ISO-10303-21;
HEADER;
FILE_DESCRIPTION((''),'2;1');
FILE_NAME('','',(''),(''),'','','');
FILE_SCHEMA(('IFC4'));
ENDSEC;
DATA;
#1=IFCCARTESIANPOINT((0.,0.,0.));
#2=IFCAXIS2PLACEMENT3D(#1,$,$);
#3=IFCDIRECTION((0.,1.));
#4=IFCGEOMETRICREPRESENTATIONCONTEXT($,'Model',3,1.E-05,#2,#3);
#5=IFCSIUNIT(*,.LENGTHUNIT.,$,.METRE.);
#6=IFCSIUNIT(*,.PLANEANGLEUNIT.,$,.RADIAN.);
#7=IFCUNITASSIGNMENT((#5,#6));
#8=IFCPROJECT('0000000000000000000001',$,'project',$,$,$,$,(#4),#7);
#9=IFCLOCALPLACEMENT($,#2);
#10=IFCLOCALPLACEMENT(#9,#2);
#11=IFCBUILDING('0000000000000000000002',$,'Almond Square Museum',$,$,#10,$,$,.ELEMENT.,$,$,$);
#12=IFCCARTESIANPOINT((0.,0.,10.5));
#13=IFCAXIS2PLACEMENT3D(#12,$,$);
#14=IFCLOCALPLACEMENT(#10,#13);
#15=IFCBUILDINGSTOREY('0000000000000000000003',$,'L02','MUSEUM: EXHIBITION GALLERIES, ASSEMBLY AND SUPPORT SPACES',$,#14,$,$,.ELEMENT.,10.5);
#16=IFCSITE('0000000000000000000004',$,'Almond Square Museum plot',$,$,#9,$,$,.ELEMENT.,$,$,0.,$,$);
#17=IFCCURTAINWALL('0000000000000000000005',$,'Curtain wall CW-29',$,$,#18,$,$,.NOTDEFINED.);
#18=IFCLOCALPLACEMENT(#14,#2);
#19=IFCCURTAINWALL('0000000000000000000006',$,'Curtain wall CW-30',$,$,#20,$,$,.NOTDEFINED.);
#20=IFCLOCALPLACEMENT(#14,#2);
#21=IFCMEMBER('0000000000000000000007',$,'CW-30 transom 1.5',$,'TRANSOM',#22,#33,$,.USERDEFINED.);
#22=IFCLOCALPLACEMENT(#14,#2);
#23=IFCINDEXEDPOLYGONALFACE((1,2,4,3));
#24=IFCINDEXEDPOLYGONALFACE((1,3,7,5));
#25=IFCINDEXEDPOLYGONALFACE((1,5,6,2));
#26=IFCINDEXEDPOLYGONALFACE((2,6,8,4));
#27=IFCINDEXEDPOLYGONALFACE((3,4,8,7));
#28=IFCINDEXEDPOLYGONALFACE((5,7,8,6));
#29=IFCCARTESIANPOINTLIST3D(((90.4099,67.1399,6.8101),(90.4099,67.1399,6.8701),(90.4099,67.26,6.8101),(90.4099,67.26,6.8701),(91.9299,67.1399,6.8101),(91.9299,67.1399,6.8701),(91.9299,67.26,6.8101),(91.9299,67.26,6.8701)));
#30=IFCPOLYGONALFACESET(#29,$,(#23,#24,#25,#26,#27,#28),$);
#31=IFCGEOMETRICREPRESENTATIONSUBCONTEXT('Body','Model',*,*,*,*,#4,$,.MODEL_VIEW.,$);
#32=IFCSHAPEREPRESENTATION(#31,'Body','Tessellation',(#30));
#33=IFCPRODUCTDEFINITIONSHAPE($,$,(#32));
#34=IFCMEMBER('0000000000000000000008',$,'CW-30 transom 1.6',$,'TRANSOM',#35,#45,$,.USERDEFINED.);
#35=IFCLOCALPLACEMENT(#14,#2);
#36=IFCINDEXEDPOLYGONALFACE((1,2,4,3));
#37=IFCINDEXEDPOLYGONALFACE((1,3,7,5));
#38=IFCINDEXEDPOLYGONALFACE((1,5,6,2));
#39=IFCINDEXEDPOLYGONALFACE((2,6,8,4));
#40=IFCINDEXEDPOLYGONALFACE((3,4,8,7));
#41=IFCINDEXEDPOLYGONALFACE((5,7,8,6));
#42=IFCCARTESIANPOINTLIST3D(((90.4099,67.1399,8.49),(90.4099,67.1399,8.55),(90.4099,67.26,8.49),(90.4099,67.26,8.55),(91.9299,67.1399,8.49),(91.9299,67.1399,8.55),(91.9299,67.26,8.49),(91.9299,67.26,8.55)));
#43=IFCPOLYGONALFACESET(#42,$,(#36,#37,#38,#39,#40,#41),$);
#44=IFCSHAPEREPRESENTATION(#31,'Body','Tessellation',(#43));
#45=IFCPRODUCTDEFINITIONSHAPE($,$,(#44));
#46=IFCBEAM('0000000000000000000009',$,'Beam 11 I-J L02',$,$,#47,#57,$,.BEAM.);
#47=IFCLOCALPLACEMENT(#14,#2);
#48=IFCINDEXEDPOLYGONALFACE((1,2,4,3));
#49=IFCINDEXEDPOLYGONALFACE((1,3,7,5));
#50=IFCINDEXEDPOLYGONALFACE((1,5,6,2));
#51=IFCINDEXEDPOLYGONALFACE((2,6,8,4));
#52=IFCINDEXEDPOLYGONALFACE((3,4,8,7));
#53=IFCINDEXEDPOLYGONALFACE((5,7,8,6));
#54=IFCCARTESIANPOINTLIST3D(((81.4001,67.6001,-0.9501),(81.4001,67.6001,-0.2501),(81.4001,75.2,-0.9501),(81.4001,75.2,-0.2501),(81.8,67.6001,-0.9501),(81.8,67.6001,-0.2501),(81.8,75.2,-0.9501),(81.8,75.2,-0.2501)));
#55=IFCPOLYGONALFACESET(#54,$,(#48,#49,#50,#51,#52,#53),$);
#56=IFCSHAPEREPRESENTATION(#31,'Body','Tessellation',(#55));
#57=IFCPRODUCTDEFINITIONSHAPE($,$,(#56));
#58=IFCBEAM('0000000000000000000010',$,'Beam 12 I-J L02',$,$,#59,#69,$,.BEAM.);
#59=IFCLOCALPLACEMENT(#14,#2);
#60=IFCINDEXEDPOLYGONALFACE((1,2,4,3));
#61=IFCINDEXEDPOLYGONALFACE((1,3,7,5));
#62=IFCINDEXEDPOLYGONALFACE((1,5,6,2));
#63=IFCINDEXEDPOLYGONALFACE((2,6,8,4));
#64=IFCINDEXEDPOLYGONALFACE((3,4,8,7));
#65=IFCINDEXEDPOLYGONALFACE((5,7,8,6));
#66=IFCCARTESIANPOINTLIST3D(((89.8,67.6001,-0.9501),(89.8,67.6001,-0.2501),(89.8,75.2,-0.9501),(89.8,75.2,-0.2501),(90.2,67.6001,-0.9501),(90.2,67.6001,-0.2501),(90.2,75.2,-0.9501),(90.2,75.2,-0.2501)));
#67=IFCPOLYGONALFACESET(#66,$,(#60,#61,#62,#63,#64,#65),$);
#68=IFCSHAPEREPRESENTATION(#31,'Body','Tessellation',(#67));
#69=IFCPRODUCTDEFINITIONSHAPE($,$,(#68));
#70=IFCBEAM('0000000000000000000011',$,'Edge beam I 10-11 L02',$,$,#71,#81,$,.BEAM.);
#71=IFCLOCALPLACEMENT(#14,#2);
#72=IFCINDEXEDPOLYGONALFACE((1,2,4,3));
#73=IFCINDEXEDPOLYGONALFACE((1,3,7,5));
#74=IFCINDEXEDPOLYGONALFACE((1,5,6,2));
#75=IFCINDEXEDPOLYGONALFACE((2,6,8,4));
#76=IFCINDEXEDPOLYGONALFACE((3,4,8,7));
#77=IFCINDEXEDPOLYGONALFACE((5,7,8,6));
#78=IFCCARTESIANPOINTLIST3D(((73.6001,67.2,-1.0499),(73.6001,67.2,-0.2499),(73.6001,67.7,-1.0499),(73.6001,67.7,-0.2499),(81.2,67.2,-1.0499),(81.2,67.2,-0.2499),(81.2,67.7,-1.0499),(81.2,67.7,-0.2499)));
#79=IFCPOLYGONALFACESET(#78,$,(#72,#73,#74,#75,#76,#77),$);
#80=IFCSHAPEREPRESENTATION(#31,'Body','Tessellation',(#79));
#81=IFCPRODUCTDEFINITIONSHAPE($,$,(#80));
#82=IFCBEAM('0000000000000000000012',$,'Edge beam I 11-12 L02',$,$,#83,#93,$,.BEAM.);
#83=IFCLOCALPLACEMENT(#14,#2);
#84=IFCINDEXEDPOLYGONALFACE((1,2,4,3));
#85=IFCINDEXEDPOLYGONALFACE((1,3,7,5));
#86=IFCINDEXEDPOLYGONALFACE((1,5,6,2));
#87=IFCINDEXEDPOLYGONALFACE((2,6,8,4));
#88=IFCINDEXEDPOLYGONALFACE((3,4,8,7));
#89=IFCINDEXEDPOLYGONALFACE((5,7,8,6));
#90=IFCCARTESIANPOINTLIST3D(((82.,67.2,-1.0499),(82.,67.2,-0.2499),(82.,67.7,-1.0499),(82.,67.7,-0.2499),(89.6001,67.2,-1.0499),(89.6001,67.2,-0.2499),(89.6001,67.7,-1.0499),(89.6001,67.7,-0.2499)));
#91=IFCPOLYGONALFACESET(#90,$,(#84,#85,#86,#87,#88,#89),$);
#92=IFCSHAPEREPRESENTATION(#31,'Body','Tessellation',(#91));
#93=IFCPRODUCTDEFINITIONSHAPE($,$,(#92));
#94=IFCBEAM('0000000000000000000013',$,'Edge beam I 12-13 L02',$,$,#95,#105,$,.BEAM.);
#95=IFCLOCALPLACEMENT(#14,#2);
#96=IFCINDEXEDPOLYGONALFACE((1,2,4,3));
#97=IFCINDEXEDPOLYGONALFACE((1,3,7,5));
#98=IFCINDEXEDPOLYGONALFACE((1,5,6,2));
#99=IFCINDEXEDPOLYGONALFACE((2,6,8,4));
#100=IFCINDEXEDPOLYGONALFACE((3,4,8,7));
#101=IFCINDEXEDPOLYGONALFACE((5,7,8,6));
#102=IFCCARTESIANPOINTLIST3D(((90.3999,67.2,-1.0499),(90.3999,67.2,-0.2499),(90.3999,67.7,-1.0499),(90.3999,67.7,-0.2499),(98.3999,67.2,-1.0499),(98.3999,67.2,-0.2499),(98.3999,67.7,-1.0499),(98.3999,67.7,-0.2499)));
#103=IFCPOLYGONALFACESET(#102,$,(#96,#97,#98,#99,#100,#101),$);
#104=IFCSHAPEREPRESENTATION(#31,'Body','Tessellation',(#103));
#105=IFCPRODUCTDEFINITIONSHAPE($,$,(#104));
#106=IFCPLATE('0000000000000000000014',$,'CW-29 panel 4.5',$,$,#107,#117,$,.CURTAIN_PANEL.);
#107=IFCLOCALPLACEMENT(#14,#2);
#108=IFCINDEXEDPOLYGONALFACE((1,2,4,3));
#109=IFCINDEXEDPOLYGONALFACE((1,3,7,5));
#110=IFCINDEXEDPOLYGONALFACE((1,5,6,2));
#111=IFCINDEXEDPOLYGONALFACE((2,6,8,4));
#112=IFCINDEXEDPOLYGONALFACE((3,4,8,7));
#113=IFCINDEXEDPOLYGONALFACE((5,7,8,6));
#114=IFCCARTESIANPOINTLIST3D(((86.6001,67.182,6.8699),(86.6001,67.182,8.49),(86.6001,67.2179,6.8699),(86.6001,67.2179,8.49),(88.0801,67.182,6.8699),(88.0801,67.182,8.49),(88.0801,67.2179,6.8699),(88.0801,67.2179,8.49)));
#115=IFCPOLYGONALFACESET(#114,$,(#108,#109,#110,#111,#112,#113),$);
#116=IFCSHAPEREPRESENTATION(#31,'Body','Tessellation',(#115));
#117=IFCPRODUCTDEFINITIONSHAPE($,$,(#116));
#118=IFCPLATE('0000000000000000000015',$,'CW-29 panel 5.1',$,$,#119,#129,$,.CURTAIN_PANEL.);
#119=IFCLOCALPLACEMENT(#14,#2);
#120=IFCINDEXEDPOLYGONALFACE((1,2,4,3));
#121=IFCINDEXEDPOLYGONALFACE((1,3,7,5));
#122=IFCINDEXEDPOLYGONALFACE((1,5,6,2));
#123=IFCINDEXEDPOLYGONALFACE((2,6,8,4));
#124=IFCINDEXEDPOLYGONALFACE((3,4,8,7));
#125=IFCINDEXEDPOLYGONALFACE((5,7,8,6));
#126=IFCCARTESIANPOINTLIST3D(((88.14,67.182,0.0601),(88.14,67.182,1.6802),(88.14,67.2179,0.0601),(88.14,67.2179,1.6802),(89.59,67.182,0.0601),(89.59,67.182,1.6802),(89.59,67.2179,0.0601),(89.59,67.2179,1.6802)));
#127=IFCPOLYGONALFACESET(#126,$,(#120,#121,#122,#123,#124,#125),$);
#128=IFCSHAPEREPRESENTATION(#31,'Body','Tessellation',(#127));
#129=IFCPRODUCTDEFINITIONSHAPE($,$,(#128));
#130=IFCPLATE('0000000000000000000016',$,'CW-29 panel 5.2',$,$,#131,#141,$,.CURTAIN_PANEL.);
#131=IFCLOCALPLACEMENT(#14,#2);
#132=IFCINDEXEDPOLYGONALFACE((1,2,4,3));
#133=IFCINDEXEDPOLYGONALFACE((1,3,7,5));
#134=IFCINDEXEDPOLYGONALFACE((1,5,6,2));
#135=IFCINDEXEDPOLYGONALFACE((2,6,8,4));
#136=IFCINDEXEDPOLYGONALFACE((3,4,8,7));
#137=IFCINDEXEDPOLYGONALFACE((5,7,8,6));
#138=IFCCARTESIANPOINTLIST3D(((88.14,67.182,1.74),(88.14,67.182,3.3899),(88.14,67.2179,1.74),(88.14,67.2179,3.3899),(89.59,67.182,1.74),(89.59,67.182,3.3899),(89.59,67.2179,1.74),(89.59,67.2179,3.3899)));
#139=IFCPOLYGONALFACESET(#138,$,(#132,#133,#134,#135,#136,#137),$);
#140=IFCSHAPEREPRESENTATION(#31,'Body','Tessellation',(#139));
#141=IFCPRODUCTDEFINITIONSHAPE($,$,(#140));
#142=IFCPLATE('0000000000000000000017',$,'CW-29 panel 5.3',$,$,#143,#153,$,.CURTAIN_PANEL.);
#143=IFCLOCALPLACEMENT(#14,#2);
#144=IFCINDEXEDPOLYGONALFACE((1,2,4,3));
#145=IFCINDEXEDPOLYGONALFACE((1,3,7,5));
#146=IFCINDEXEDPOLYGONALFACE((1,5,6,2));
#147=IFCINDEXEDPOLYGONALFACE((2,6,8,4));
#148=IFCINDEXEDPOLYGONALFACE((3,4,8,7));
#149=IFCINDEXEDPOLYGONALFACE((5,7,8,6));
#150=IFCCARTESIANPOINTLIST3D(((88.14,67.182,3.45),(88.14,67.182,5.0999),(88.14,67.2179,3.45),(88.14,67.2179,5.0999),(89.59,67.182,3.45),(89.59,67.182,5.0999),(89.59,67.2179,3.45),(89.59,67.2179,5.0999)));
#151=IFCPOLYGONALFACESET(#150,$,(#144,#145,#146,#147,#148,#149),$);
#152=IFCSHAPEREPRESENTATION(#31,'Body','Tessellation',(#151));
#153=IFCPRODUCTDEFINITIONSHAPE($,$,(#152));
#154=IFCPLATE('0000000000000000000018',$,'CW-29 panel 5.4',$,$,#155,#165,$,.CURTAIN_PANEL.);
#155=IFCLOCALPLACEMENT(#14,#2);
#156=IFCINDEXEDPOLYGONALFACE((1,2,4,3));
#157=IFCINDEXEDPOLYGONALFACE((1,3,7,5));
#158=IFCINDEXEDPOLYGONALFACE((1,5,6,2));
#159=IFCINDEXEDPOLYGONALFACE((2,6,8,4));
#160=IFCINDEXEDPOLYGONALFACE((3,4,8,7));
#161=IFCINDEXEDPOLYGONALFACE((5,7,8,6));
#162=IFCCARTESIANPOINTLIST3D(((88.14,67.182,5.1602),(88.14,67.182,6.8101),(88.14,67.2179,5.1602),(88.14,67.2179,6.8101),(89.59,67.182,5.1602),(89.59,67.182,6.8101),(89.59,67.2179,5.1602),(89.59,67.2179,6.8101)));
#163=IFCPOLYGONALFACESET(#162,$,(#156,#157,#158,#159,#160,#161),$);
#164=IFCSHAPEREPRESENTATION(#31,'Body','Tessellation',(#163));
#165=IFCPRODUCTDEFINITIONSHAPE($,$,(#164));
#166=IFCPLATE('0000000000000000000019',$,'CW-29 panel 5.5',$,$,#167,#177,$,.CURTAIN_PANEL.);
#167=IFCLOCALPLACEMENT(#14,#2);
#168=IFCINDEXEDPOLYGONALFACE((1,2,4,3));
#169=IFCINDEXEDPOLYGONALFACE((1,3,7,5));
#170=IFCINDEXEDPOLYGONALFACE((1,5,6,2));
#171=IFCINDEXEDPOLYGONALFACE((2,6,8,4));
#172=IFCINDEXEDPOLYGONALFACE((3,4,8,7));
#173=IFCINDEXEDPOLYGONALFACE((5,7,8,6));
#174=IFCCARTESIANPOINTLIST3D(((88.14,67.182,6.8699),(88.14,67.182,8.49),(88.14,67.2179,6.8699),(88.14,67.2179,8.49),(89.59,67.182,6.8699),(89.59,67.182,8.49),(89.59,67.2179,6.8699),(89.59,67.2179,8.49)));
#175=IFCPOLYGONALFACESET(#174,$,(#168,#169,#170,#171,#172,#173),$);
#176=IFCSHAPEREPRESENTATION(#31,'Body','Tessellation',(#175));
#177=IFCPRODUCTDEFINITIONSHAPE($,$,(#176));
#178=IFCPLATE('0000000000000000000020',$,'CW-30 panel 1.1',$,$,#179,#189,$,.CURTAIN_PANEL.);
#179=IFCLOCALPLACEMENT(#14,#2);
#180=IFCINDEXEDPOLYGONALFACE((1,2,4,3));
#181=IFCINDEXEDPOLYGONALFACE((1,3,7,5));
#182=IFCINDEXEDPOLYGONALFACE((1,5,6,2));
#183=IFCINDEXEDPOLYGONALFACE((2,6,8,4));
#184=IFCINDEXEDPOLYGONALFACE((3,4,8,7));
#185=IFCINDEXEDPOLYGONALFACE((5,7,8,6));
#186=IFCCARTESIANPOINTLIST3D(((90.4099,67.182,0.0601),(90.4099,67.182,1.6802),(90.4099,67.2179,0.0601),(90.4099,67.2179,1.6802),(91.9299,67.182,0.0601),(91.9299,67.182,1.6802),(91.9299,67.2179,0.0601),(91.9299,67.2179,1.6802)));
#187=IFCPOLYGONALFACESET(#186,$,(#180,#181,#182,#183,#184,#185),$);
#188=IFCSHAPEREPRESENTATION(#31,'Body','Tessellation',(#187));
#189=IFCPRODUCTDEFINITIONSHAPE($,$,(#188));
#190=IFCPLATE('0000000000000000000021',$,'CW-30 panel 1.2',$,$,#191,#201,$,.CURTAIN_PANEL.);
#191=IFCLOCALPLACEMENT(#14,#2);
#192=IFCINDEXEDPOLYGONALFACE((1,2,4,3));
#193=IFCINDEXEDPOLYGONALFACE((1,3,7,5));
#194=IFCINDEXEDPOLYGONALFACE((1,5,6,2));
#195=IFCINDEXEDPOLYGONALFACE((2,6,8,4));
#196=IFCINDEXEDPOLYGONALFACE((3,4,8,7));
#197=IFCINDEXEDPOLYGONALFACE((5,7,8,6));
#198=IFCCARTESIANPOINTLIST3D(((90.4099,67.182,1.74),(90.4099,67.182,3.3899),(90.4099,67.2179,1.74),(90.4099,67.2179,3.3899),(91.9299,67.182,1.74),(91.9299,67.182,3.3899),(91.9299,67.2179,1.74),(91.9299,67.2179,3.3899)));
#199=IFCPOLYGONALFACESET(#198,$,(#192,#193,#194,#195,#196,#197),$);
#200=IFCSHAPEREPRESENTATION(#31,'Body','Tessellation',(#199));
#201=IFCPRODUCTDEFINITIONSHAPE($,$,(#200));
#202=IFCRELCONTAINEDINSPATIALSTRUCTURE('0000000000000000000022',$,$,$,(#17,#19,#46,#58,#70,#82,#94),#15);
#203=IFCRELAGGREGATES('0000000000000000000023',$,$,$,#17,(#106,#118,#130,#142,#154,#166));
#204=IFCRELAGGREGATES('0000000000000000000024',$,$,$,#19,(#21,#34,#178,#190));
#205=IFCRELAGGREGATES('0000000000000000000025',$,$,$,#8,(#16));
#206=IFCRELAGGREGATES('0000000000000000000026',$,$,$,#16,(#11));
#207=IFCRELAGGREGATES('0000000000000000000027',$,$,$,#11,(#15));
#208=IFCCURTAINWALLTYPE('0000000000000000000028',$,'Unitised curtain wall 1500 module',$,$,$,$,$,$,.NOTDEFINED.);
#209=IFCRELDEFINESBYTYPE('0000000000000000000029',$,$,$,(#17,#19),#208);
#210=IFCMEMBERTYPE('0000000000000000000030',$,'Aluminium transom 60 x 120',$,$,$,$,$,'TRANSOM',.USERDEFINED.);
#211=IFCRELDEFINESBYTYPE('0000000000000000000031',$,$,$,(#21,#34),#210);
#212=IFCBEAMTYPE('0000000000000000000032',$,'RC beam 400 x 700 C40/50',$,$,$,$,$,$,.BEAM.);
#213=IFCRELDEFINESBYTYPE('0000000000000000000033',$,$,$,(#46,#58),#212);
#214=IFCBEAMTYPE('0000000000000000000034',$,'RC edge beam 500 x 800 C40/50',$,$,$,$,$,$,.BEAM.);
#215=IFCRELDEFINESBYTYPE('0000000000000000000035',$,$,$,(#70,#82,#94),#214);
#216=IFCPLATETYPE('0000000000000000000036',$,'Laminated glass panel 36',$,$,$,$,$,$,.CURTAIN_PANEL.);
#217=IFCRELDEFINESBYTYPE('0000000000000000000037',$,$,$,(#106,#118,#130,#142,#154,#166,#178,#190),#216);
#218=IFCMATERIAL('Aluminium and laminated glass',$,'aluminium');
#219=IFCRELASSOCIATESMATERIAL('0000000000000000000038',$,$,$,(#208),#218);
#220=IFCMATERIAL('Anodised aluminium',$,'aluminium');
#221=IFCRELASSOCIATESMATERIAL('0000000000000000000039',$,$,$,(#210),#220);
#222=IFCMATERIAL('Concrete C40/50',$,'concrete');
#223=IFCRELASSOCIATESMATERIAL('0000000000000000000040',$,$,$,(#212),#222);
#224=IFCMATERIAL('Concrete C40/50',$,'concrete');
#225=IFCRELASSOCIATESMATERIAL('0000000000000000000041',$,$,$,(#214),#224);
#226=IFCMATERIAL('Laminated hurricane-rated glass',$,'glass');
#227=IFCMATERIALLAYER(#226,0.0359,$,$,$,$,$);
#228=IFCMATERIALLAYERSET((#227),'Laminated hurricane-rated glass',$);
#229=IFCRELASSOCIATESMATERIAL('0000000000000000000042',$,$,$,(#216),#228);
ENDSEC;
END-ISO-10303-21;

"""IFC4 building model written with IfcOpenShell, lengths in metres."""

from ifc_helpers import new_model, si_unit, direction, frame, origin, origin_2d, place, context, subcontext, project, spatial, rectangle, extrude, material, layer, layer_set, material_profile, profile_set, type_object, element, aggregate, save


model = new_model("IFC4")

# Units and contexts
model_context = context("Model", 3, precision=1e-05, world=origin(), true_north=direction((0.0, 1.0)))
body_context = subcontext(model_context, "Body", "Model", "MODEL_VIEW")
ifc_project = project(units=[si_unit("LENGTHUNIT", "METRE"), si_unit("PLANEANGLEUNIT", "RADIAN")], contexts=[model_context])

# Site, building, storey
site_placement = place(None, origin())
site = spatial("IfcSite", under=ifc_project, at=site_placement, Name="Almond Square Museum plot", CompositionType="ELEMENT", RefElevation=0.0)
building_placement = place(site_placement, origin())
building = spatial("IfcBuilding", under=site, at=building_placement, Name="Almond Square Museum", CompositionType="ELEMENT")
storey_placement = place(building_placement, frame((0.0, 0.0, 10.5)))
storey = spatial("IfcBuildingStorey", under=building, at=storey_placement, Name="L02", Description="MUSEUM: EXHIBITION GALLERIES, ASSEMBLY AND SUPPORT SPACES", CompositionType="ELEMENT", Elevation=10.5)

# Curtain wall
ifc_material_1 = material(Name="Aluminium and laminated glass", Category="aluminium")
curtain_wall_type = type_object("IfcCurtainWallType", Name="Unitised curtain wall 1500 module", PredefinedType="NOTDEFINED", material=ifc_material_1)
curtain_wall_1_placement = place(storey_placement, origin())
curtain_wall_1 = element("IfcCurtainWall", 1, at=curtain_wall_1_placement, inside=storey, type_object=curtain_wall_type, Name="Curtain wall CW-29", PredefinedType="NOTDEFINED")

# Curtain wall
curtain_wall_2_placement = place(storey_placement, origin())
curtain_wall_2 = element("IfcCurtainWall", 2, at=curtain_wall_2_placement, inside=storey, type_object=curtain_wall_type, Name="Curtain wall CW-30", PredefinedType="NOTDEFINED")

# Members
ifc_material_2 = material(Name="Anodised aluminium", Category="aluminium")
ifc_material_profile_1 = material_profile(ifc_material_2, rectangle(XDim=0.1201, YDim=0.0601, at=origin_2d()))
ifc_profile_set_1 = profile_set([ifc_material_profile_1], Name="Anodised aluminium")
member_type_1 = type_object("IfcMemberType", Name="Aluminium transom 60 x 120", ElementType="TRANSOM", PredefinedType="USERDEFINED", material=ifc_profile_set_1)
member_1_placement = place(storey_placement, frame((90.4099, 67.2, 6.8401), z_axis=(1.0, 0.0, 0.0), x_axis=(0.0, 1.0, 0.0)))
member_1 = element("IfcMember", 3, at=member_1_placement, type_object=member_type_1, Name="CW-30 transom 1.5", ObjectType="TRANSOM", PredefinedType="USERDEFINED", context=body_context, shape_type="SweptSolid", body=[
    extrude(rectangle(XDim=0.1201, YDim=0.0601, at=origin_2d()), origin(), (0.0, 0.0, 1.0), 1.52),
])
member_2_placement = place(storey_placement, frame((90.4099, 67.2, 8.52), z_axis=(1.0, 0.0, 0.0), x_axis=(0.0, 1.0, 0.0)))
member_2 = element("IfcMember", 4, at=member_2_placement, type_object=member_type_1, Name="CW-30 transom 1.6", ObjectType="TRANSOM", PredefinedType="USERDEFINED", context=body_context, shape_type="SweptSolid", body=[
    extrude(rectangle(XDim=0.1201, YDim=0.0601, at=origin_2d()), origin(), (0.0, 0.0, 1.0), 1.52),
])

# Beams
ifc_material_3 = material(Name="Concrete C40/50", Category="concrete")
ifc_material_profile_2 = material_profile(ifc_material_3, rectangle(XDim=0.3999, YDim=0.7, at=origin_2d()))
ifc_profile_set_2 = profile_set([ifc_material_profile_2], Name="Concrete C40/50")
beam_type_1 = type_object("IfcBeamType", Name="RC beam 400 x 700 C40/50", PredefinedType="BEAM", material=ifc_profile_set_2)
for number, where, z_axis, x_axis, name in (
    (5, (81.6001, 67.6001, -0.6001), (0.0, 1.0, 0.0), (-1.0, 0.0, 0.0), "Beam 11 I-J L02"),
    (6, (90.0, 67.6001, -0.6001), (0.0, 1.0, 0.0), (-1.0, 0.0, 0.0), "Beam 12 I-J L02"),
):
    element("IfcBeam", number, at=place(storey_placement, frame(where, z_axis=z_axis, x_axis=x_axis)), inside=storey, type_object=beam_type_1, Name=name, PredefinedType="BEAM", context=body_context, shape_type="SweptSolid", body=[
        extrude(rectangle(XDim=0.3999, YDim=0.7, at=origin_2d()), origin(), (0.0, 0.0, 1.0), 7.5999),
    ])
ifc_material_4 = material(Name="Concrete C40/50", Category="concrete")
ifc_material_profile_3 = material_profile(ifc_material_4, rectangle(XDim=0.5, YDim=0.8, at=origin_2d()))
ifc_profile_set_3 = profile_set([ifc_material_profile_3], Name="Concrete C40/50")
beam_type_2 = type_object("IfcBeamType", Name="RC edge beam 500 x 800 C40/50", PredefinedType="BEAM", material=ifc_profile_set_3)
beam_1_placement = place(storey_placement, frame((73.6001, 67.45, -0.6499), z_axis=(1.0, 0.0, 0.0), x_axis=(0.0, 1.0, 0.0)))
element("IfcBeam", 7, at=beam_1_placement, inside=storey, type_object=beam_type_2, Name="Edge beam I 10-11 L02", PredefinedType="BEAM", context=body_context, shape_type="SweptSolid", body=[
    extrude(rectangle(XDim=0.5, YDim=0.8, at=origin_2d()), origin(), (0.0, 0.0, 1.0), 7.5999),
])
beam_2_placement = place(storey_placement, frame((82.0, 67.45, -0.6499), z_axis=(1.0, 0.0, 0.0), x_axis=(0.0, 1.0, 0.0)))
element("IfcBeam", 8, at=beam_2_placement, inside=storey, type_object=beam_type_2, Name="Edge beam I 11-12 L02", PredefinedType="BEAM", context=body_context, shape_type="SweptSolid", body=[
    extrude(rectangle(XDim=0.5, YDim=0.8, at=origin_2d()), origin(), (0.0, 0.0, 1.0), 7.6001),
])
beam_3_placement = place(storey_placement, frame((90.3999, 67.45, -0.6499), z_axis=(1.0, 0.0, 0.0), x_axis=(0.0, 1.0, 0.0)))
element("IfcBeam", 9, at=beam_3_placement, inside=storey, type_object=beam_type_2, Name="Edge beam I 12-13 L02", PredefinedType="BEAM", context=body_context, shape_type="SweptSolid", body=[
    extrude(rectangle(XDim=0.5, YDim=0.8, at=origin_2d()), origin(), (0.0, 0.0, 1.0), 8.0),
])

# Plates
ifc_material_5 = material(Name="Laminated hurricane-rated glass", Category="glass")
ifc_layer_1 = layer(ifc_material_5, 0.0359)
ifc_layer_set_1 = layer_set([ifc_layer_1], Name="Laminated hurricane-rated glass")
plate_type = type_object("IfcPlateType", Name="Laminated glass panel 36", PredefinedType="CURTAIN_PANEL", material=ifc_layer_set_1)
plate_1_placement = place(storey_placement, frame((87.3401, 67.2, 6.8699), z_axis=(0.0, 0.0, 1.0), x_axis=(1.0, 0.0, 0.0)))
plate_1 = element("IfcPlate", 10, at=plate_1_placement, type_object=plate_type, Name="CW-29 panel 4.5", PredefinedType="CURTAIN_PANEL", context=body_context, shape_type="SweptSolid", body=[
    extrude(rectangle(XDim=1.48, YDim=0.0359, at=origin_2d()), origin(), (0.0, 0.0, 1.0), 1.6201),
])
plate_2_placement = place(storey_placement, frame((88.865, 67.2, 0.0601), z_axis=(0.0, 0.0, 1.0), x_axis=(1.0, 0.0, 0.0)))
plate_2 = element("IfcPlate", 11, at=plate_2_placement, type_object=plate_type, Name="CW-29 panel 5.1", PredefinedType="CURTAIN_PANEL", context=body_context, shape_type="SweptSolid", body=[
    extrude(rectangle(XDim=1.45, YDim=0.0359, at=origin_2d()), origin(), (0.0, 0.0, 1.0), 1.6201),
])
plate_3_placement = place(storey_placement, frame((88.865, 67.2, 1.74), z_axis=(0.0, 0.0, 1.0), x_axis=(1.0, 0.0, 0.0)))
plate_3 = element("IfcPlate", 12, at=plate_3_placement, type_object=plate_type, Name="CW-29 panel 5.2", PredefinedType="CURTAIN_PANEL", context=body_context, shape_type="SweptSolid", body=[
    extrude(rectangle(XDim=1.45, YDim=0.0359, at=origin_2d()), origin(), (0.0, 0.0, 1.0), 1.6499),
])
plate_4_placement = place(storey_placement, frame((88.865, 67.2, 3.45), z_axis=(0.0, 0.0, 1.0), x_axis=(1.0, 0.0, 0.0)))
plate_4 = element("IfcPlate", 13, at=plate_4_placement, type_object=plate_type, Name="CW-29 panel 5.3", PredefinedType="CURTAIN_PANEL", context=body_context, shape_type="SweptSolid", body=[
    extrude(rectangle(XDim=1.45, YDim=0.0359, at=origin_2d()), origin(), (0.0, 0.0, 1.0), 1.6499),
])
plate_5_placement = place(storey_placement, frame((88.865, 67.2, 5.1602), z_axis=(0.0, 0.0, 1.0), x_axis=(1.0, 0.0, 0.0)))
plate_5 = element("IfcPlate", 14, at=plate_5_placement, type_object=plate_type, Name="CW-29 panel 5.4", PredefinedType="CURTAIN_PANEL", context=body_context, shape_type="SweptSolid", body=[
    extrude(rectangle(XDim=1.45, YDim=0.0359, at=origin_2d()), origin(), (0.0, 0.0, 1.0), 1.6499),
])
plate_6_placement = place(storey_placement, frame((88.865, 67.2, 6.8699), z_axis=(0.0, 0.0, 1.0), x_axis=(1.0, 0.0, 0.0)))
plate_6 = element("IfcPlate", 15, at=plate_6_placement, type_object=plate_type, Name="CW-29 panel 5.5", PredefinedType="CURTAIN_PANEL", context=body_context, shape_type="SweptSolid", body=[
    extrude(rectangle(XDim=1.45, YDim=0.0359, at=origin_2d()), origin(), (0.0, 0.0, 1.0), 1.6201),
])
aggregate(curtain_wall_1, [plate_1, plate_2, plate_3, plate_4, plate_5, plate_6])
plate_7_placement = place(storey_placement, frame((91.1699, 67.2, 0.0601), z_axis=(0.0, 0.0, 1.0), x_axis=(1.0, 0.0, 0.0)))
plate_7 = element("IfcPlate", 16, at=plate_7_placement, type_object=plate_type, Name="CW-30 panel 1.1", PredefinedType="CURTAIN_PANEL", context=body_context, shape_type="SweptSolid", body=[
    extrude(rectangle(XDim=1.52, YDim=0.0359, at=origin_2d()), origin(), (0.0, 0.0, 1.0), 1.6201),
])
plate_8_placement = place(storey_placement, frame((91.1699, 67.2, 1.74), z_axis=(0.0, 0.0, 1.0), x_axis=(1.0, 0.0, 0.0)))
plate_8 = element("IfcPlate", 17, at=plate_8_placement, type_object=plate_type, Name="CW-30 panel 1.2", PredefinedType="CURTAIN_PANEL", context=body_context, shape_type="SweptSolid", body=[
    extrude(rectangle(XDim=1.52, YDim=0.0359, at=origin_2d()), origin(), (0.0, 0.0, 1.0), 1.6499),
])
aggregate(curtain_wall_2, [member_1, member_2, plate_7, plate_8])

save(model, "model.ifc")
